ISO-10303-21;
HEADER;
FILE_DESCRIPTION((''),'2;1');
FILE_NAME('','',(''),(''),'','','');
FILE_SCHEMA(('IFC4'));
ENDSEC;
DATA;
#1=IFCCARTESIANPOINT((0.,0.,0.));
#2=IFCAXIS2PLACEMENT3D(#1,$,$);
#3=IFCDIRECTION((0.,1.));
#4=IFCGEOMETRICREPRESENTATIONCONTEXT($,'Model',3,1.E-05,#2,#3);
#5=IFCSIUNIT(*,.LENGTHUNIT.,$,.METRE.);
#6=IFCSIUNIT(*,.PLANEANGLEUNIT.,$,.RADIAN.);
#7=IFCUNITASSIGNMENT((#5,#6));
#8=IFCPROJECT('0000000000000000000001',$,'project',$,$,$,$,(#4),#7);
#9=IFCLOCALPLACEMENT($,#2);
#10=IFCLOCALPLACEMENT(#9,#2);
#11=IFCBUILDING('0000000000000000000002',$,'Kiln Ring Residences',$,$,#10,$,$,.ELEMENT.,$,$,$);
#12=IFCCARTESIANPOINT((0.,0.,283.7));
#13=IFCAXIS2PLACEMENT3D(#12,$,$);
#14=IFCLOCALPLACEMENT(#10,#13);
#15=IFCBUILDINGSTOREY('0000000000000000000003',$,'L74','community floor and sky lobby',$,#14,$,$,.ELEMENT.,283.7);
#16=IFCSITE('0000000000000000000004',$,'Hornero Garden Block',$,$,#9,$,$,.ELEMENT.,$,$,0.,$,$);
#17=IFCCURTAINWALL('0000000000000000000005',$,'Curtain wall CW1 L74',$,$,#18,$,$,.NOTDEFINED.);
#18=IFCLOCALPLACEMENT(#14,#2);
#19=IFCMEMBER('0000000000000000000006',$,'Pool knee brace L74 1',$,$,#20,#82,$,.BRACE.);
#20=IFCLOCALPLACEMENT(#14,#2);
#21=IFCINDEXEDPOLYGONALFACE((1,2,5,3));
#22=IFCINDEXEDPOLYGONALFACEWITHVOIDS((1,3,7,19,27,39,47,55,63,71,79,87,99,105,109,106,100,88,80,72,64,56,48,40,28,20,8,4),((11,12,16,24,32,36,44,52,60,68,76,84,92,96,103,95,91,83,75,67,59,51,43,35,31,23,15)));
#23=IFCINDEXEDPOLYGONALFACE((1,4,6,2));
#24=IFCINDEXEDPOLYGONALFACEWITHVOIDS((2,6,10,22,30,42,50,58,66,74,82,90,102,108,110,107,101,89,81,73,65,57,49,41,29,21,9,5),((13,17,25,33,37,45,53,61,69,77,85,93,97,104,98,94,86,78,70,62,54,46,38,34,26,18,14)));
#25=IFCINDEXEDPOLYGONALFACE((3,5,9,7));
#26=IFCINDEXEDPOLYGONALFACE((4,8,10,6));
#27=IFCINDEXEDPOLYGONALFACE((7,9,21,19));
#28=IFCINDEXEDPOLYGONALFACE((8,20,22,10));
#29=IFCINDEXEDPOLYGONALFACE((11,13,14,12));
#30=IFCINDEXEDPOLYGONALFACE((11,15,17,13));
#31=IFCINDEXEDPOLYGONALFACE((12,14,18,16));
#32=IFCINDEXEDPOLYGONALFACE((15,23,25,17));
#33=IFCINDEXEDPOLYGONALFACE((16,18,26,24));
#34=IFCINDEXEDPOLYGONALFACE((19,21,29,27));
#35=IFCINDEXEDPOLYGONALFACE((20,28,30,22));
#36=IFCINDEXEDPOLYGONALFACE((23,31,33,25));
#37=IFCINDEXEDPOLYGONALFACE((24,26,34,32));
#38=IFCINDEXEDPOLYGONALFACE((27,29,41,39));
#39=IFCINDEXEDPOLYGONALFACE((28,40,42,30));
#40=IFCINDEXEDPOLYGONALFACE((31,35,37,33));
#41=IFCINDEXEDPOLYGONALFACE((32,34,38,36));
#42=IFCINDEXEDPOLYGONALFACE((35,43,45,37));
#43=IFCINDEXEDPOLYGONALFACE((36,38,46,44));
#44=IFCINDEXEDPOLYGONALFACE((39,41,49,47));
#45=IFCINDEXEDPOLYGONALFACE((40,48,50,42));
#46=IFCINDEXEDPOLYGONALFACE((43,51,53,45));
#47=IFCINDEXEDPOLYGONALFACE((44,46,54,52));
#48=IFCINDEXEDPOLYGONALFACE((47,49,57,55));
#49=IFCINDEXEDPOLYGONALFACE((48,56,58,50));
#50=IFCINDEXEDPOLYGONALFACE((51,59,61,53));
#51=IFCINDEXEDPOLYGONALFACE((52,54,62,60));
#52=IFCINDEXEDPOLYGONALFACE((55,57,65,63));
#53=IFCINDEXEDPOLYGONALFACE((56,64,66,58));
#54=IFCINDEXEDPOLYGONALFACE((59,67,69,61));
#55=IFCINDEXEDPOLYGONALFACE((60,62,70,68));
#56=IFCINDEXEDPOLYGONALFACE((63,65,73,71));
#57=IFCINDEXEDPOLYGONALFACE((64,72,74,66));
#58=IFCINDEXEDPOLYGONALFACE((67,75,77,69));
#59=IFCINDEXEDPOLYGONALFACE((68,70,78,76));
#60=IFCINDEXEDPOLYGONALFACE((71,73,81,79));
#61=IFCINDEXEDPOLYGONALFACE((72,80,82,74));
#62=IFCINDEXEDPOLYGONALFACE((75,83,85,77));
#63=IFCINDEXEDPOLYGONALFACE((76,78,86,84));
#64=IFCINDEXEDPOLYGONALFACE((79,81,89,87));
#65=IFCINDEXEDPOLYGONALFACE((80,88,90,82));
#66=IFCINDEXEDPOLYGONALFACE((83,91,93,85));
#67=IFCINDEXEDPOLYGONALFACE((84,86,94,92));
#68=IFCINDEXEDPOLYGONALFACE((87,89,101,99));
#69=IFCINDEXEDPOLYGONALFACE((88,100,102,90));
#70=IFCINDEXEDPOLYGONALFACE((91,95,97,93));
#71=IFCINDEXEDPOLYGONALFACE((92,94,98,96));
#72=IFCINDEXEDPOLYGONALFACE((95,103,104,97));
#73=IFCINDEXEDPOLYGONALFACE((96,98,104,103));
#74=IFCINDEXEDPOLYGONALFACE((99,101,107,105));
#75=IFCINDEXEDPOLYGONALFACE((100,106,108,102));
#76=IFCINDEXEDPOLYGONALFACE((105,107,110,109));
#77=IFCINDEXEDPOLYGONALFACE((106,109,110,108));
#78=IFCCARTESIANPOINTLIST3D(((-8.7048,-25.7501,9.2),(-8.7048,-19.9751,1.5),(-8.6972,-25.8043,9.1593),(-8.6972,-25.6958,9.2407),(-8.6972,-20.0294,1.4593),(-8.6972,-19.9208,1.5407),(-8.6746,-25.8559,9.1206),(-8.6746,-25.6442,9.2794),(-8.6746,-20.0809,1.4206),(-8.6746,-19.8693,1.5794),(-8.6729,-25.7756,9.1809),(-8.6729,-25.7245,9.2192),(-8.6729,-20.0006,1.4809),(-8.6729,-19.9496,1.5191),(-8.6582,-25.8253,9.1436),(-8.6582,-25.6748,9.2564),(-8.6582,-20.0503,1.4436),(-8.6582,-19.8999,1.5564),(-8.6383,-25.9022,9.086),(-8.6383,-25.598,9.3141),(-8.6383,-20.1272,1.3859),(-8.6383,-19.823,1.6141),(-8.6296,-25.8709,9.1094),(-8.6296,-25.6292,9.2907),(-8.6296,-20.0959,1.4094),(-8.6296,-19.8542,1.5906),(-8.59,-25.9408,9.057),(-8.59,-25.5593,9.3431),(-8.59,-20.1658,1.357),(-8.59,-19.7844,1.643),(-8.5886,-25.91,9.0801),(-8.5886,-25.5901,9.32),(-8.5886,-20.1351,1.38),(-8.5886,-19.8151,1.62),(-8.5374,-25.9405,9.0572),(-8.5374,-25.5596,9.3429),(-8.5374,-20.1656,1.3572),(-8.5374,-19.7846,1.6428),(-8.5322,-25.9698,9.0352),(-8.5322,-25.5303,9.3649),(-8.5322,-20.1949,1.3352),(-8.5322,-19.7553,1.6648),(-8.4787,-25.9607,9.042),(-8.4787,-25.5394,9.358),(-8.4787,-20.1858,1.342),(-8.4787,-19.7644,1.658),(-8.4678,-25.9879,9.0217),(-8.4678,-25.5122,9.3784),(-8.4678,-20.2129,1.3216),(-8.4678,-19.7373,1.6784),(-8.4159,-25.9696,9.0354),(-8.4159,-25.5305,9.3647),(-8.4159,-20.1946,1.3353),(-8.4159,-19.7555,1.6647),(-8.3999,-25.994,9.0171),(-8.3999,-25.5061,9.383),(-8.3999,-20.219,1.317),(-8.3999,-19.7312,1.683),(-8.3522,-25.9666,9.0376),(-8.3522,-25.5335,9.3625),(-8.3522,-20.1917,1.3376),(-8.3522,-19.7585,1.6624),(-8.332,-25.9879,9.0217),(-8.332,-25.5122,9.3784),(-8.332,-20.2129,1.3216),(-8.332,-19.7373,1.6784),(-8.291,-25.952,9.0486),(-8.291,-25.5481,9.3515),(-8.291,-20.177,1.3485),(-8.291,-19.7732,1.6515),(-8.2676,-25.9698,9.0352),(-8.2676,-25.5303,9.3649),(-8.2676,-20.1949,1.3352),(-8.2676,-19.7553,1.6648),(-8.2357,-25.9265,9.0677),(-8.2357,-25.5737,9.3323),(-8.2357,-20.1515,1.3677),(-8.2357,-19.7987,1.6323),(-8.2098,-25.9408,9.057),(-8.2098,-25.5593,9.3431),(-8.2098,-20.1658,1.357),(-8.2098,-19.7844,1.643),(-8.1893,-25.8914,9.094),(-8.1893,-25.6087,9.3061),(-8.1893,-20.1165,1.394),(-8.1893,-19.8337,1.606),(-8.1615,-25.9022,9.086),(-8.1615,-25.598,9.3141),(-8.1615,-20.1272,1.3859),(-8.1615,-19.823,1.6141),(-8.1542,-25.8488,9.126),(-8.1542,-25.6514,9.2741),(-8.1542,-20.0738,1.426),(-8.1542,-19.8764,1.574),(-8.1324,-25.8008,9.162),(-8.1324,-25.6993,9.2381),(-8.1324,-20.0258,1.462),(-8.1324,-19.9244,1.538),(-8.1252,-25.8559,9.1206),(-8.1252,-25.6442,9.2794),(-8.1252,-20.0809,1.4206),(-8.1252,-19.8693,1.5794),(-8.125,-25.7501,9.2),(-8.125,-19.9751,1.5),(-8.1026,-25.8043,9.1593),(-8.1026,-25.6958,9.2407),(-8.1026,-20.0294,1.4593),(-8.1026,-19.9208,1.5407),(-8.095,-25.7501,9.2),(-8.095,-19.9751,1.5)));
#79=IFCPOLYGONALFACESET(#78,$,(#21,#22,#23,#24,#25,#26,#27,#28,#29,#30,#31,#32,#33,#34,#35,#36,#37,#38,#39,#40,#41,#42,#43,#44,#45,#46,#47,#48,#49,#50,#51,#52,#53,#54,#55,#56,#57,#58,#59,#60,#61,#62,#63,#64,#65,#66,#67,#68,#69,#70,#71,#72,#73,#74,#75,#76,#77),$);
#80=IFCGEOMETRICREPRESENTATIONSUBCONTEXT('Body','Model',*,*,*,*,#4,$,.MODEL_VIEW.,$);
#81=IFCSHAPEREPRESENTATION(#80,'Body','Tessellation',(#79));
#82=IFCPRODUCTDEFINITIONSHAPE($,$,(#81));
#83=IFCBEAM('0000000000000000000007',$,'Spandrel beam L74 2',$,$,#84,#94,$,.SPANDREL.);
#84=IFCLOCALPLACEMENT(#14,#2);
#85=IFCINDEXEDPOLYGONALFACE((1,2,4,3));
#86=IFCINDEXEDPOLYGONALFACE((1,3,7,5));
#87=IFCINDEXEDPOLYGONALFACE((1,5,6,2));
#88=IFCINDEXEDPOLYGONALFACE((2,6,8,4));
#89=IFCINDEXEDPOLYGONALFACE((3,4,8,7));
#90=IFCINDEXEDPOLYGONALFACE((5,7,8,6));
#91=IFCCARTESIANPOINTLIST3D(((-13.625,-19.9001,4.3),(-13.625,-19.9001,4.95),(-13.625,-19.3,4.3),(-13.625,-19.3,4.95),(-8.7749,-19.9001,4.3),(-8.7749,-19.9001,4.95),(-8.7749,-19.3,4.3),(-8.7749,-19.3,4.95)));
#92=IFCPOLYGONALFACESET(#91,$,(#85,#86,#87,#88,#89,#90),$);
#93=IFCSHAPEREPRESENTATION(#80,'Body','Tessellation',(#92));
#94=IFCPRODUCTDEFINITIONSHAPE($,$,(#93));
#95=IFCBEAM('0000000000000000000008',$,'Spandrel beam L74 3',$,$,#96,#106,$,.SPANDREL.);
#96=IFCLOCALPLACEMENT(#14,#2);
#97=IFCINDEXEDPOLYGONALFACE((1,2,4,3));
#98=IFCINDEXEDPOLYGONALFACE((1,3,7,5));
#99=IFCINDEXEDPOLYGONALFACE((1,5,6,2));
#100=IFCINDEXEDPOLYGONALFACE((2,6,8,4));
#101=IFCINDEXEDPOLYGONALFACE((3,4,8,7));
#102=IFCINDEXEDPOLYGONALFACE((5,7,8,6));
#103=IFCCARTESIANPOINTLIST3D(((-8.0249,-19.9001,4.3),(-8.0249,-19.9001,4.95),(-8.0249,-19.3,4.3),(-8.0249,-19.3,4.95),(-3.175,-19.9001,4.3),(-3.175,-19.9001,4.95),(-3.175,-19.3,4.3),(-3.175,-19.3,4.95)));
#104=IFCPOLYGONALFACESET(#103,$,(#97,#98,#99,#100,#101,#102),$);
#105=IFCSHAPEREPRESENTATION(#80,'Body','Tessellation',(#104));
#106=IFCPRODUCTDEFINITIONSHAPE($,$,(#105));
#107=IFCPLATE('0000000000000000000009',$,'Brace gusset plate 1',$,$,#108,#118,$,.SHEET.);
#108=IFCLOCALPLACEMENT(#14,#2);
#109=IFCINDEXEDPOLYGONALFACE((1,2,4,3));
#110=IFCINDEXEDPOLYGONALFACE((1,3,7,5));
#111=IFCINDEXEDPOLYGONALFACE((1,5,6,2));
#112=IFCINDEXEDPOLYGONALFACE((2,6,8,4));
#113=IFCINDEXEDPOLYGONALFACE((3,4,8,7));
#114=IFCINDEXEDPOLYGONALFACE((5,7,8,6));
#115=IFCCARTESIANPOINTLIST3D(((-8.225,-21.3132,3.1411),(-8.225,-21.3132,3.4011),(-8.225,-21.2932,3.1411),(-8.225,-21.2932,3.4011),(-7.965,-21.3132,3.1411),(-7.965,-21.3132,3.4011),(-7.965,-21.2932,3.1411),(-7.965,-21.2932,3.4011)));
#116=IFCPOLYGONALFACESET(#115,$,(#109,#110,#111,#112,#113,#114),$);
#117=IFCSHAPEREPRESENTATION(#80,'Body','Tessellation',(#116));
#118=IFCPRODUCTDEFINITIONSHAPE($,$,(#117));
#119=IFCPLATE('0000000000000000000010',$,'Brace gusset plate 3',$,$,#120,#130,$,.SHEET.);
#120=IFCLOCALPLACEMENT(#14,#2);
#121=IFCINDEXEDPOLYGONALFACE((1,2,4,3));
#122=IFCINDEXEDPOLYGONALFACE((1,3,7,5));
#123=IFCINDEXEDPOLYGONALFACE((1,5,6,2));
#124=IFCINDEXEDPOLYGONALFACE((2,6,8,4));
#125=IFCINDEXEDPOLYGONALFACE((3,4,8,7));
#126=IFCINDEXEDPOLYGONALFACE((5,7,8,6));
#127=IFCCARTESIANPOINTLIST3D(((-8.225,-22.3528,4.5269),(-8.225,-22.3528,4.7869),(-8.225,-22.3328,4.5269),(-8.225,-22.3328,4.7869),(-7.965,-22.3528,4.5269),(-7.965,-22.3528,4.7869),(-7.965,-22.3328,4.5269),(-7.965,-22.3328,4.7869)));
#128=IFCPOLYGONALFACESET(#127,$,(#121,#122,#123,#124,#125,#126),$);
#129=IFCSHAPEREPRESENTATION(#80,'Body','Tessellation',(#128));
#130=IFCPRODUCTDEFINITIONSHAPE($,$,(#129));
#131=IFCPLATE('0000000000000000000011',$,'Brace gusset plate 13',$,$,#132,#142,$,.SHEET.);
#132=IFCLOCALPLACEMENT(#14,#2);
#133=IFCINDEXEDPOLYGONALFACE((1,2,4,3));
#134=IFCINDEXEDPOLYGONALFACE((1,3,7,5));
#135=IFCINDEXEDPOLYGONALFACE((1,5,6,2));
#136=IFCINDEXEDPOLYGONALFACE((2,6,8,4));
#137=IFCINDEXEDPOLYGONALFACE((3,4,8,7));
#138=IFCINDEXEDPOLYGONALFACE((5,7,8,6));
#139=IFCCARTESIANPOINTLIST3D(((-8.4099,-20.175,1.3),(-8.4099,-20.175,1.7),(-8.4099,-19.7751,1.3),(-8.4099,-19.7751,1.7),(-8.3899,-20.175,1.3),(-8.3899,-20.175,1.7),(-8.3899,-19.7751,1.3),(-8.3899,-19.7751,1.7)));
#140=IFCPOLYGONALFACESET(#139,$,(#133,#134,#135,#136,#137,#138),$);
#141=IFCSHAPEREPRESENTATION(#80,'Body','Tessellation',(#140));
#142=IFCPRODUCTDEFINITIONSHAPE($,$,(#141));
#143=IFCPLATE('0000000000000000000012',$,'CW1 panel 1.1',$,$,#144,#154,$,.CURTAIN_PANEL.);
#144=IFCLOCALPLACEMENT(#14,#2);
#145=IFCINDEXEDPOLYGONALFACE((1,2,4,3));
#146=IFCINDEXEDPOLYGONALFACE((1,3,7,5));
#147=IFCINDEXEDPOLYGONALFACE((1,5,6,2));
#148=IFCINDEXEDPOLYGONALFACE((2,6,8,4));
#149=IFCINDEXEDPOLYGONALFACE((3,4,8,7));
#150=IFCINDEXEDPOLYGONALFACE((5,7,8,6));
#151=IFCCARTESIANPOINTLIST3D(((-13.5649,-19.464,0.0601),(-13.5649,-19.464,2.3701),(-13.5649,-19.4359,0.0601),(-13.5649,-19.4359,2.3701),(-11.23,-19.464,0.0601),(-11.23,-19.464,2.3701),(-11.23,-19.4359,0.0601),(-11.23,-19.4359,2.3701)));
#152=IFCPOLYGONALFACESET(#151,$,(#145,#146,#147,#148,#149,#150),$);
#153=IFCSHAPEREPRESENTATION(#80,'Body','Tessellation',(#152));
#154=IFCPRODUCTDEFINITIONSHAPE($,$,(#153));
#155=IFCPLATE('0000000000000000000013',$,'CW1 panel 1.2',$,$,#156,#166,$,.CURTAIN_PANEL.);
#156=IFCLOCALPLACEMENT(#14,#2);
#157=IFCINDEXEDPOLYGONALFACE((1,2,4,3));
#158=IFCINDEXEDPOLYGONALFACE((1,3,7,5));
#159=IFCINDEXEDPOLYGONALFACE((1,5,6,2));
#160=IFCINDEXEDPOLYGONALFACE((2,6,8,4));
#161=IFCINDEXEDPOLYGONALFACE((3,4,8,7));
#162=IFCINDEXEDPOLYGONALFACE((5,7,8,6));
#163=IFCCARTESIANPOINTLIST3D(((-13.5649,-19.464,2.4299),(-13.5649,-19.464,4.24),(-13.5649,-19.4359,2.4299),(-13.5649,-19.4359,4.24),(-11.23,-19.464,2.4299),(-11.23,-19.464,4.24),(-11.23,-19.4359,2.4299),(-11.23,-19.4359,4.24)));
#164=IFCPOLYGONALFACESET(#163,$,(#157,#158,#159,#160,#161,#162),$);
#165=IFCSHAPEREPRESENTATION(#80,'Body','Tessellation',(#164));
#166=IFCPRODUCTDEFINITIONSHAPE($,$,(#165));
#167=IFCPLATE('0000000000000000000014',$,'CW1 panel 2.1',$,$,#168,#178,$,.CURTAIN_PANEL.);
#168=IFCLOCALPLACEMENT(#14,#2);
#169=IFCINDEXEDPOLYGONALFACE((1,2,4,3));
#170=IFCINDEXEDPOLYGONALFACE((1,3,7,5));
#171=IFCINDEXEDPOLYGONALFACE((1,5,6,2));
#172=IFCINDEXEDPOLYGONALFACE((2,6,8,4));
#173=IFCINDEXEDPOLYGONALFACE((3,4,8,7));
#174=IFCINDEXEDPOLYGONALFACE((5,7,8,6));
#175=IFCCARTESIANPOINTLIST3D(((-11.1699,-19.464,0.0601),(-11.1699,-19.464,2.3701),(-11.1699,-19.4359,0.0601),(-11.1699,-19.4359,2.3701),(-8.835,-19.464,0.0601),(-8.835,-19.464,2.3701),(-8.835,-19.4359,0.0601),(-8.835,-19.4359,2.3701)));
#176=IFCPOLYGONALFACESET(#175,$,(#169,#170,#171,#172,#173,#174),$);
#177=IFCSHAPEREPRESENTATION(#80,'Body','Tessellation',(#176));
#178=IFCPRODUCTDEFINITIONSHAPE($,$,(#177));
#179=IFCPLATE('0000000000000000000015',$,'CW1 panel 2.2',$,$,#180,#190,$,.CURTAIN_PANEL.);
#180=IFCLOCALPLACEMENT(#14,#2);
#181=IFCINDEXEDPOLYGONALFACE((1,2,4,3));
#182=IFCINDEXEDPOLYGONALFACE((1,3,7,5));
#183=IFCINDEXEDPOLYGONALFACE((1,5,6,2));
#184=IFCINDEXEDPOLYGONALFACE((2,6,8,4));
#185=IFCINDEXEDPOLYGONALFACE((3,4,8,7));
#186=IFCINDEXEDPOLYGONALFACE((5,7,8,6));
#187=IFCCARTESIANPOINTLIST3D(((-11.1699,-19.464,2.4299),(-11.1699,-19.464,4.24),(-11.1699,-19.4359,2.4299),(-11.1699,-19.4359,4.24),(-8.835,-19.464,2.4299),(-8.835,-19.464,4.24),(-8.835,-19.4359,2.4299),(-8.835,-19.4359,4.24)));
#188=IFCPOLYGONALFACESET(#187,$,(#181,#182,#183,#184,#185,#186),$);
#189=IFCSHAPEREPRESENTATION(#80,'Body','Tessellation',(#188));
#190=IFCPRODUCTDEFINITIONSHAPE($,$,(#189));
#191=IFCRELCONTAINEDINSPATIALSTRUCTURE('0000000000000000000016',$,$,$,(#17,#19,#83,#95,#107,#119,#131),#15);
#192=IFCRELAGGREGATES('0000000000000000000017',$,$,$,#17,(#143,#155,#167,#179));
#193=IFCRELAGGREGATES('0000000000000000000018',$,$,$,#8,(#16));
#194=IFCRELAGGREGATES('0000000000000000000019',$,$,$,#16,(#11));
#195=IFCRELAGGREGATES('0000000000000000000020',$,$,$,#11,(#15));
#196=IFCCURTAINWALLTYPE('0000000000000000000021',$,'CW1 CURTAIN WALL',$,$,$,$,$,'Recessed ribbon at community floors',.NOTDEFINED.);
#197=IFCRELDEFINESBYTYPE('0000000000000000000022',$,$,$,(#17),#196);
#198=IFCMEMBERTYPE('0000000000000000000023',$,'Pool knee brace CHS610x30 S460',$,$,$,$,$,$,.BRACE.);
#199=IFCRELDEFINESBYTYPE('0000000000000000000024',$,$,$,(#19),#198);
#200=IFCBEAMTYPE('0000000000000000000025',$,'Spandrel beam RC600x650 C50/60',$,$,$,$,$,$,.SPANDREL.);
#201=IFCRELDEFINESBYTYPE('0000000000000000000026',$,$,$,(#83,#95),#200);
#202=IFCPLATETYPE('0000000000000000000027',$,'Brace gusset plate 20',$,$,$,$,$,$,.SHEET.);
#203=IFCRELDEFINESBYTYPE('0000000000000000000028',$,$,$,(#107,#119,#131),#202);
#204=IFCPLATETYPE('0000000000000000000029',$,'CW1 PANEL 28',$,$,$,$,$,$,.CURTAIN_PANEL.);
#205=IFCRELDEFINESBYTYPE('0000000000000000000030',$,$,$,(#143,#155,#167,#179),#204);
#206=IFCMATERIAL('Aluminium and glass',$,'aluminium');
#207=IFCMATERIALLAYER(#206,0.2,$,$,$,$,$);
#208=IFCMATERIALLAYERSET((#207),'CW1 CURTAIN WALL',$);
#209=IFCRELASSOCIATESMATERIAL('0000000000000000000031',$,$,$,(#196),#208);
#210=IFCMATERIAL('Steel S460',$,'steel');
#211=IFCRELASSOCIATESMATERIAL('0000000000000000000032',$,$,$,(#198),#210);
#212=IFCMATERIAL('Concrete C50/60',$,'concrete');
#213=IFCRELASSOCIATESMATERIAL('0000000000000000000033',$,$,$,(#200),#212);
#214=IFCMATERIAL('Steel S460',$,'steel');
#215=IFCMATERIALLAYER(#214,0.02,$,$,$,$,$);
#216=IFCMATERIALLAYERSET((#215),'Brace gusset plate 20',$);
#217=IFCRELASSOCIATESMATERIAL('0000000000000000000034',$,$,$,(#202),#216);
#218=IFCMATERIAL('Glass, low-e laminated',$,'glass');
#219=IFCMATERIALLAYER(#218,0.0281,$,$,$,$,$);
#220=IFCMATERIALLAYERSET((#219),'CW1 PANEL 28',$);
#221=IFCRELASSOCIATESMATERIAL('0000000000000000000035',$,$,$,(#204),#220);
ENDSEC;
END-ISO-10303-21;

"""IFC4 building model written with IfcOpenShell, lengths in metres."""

from ifc_helpers import new_model, si_unit, direction, frame, origin, origin_2d, place, context, subcontext, project, spatial, rectangle, hollow_circle, extrude, material, layer, layer_set, material_profile, profile_set, type_object, element, aggregate, save


model = new_model("IFC4")

# Units and contexts
model_context = context("Model", 3, precision=1e-05, world=origin(), true_north=direction((0.0, 1.0)))
body_context = subcontext(model_context, "Body", "Model", "MODEL_VIEW")
ifc_project = project(units=[si_unit("LENGTHUNIT", "METRE"), si_unit("PLANEANGLEUNIT", "RADIAN")], contexts=[model_context])

# Site, building, storey
site_placement = place(None, origin())
site = spatial("IfcSite", under=ifc_project, at=site_placement, Name="Hornero Garden Block", CompositionType="ELEMENT", RefElevation=0.0)
building_placement = place(site_placement, origin())
building = spatial("IfcBuilding", under=site, at=building_placement, Name="Kiln Ring Residences", CompositionType="ELEMENT")
storey_placement = place(building_placement, frame((0.0, 0.0, 283.7)))
storey = spatial("IfcBuildingStorey", under=building, at=storey_placement, Name="L74", Description="community floor and sky lobby", CompositionType="ELEMENT", Elevation=283.7)

# Shared definitions
ifc_material_1 = material(Name="Aluminium and glass", Category="aluminium")
ifc_layer_1 = layer(ifc_material_1, 0.2)
ifc_layer_set_1 = layer_set([ifc_layer_1], Name="CW1 CURTAIN WALL")
curtain_wall_type = type_object("IfcCurtainWallType", Name="CW1 CURTAIN WALL", ElementType="Recessed ribbon at community floors", PredefinedType="NOTDEFINED", material=ifc_layer_set_1)
placement = place(storey_placement, origin())

# Curtain wall
curtain_wall_1 = element("IfcCurtainWall", 1, at=placement, inside=storey, type_object=curtain_wall_type, Name="Curtain wall CW1 L74", PredefinedType="NOTDEFINED")

# Member
ifc_material_2 = material(Name="Steel S460", Category="steel")
ifc_material_profile_1 = material_profile(ifc_material_2, hollow_circle(Radius=0.3049, WallThickness=0.03, at=origin_2d()), Name="CHS610x30")
ifc_profile_set_1 = profile_set([ifc_material_profile_1], Name="Steel S460")
member_type_1 = type_object("IfcMemberType", Name="Pool knee brace CHS610x30 S460", PredefinedType="BRACE", material=ifc_profile_set_1)
member_1_placement = place(storey_placement, frame((-8.3999, -19.9751, 1.5), z_axis=(0.0, -0.599996, 0.800003), x_axis=(1.0, 0.0, 0.0)))
element("IfcMember", 2, at=member_1_placement, inside=storey, type_object=member_type_1, Name="Pool knee brace L74 1", PredefinedType="BRACE", context=body_context, shape_type="SweptSolid", body=[
    extrude(hollow_circle(Radius=0.3049, WallThickness=0.03, at=origin_2d()), origin(), (0.0, 0.0, 1.0), 9.625),
])

# Beams
ifc_material_3 = material(Name="Concrete C50/60", Category="concrete")
ifc_material_profile_2 = material_profile(ifc_material_3, rectangle(XDim=0.6001, YDim=0.6499, at=origin_2d()), Name="RC600x650")
ifc_profile_set_2 = profile_set([ifc_material_profile_2], Name="Concrete C50/60")
beam_type = type_object("IfcBeamType", Name="Spandrel beam RC600x650 C50/60", PredefinedType="SPANDREL", material=ifc_profile_set_2)
beam_1_placement = place(storey_placement, frame((-13.625, -19.6001, 4.625), z_axis=(1.0, 0.0, 0.0), x_axis=(0.0, 1.0, 0.0)))
element("IfcBeam", 3, at=beam_1_placement, inside=storey, type_object=beam_type, Name="Spandrel beam L74 2", PredefinedType="SPANDREL", context=body_context, shape_type="SweptSolid", body=[
    extrude(rectangle(XDim=0.6001, YDim=0.6499, at=origin_2d()), origin(), (0.0, 0.0, 1.0), 4.8501),
])
beam_2_placement = place(storey_placement, frame((-8.0249, -19.6001, 4.625), z_axis=(1.0, 0.0, 0.0), x_axis=(0.0, 1.0, 0.0)))
element("IfcBeam", 4, at=beam_2_placement, inside=storey, type_object=beam_type, Name="Spandrel beam L74 3", PredefinedType="SPANDREL", context=body_context, shape_type="SweptSolid", body=[
    extrude(rectangle(XDim=0.6001, YDim=0.6499, at=origin_2d()), origin(), (0.0, 0.0, 1.0), 4.8499),
])

# Plates
ifc_material_4 = material(Name="Steel S460", Category="steel")
ifc_layer_2 = layer(ifc_material_4, 0.02)
ifc_layer_set_2 = layer_set([ifc_layer_2], Name="Brace gusset plate 20")
plate_type_1 = type_object("IfcPlateType", Name="Brace gusset plate 20", PredefinedType="SHEET", material=ifc_layer_set_2)
for number, where, z_axis, x_axis, name in (
    (5, (-8.095, -21.3032, 3.1411), (0.0, 0.0, 1.0), (1.0, 0.0, 0.0), "Brace gusset plate 1"),
    (6, (-8.095, -22.3428, 4.5269), (0.0, 0.0, 1.0), (1.0, 0.0, 0.0), "Brace gusset plate 3"),
):
    element("IfcPlate", number, at=place(storey_placement, frame(where, z_axis=z_axis, x_axis=x_axis)), inside=storey, type_object=plate_type_1, Name=name, PredefinedType="SHEET", context=body_context, shape_type="SweptSolid", body=[
        extrude(rectangle(XDim=0.26, YDim=0.02, at=origin_2d()), origin(), (0.0, 0.0, 1.0), 0.26),
    ])
plate_1_placement = place(storey_placement, frame((-8.3999, -19.9751, 1.3), z_axis=(0.0, 0.0, 1.0), x_axis=(1.0, 0.0, 0.0)))
element("IfcPlate", 7, at=plate_1_placement, inside=storey, type_object=plate_type_1, Name="Brace gusset plate 13", PredefinedType="SHEET", context=body_context, shape_type="SweptSolid", body=[
    extrude(rectangle(XDim=0.02, YDim=0.3999, at=origin_2d()), origin(), (0.0, 0.0, 1.0), 0.3999),
])

# Plates
ifc_material_5 = material(Name="Glass, low-e laminated", Category="glass")
ifc_layer_3 = layer(ifc_material_5, 0.0281)
ifc_layer_set_3 = layer_set([ifc_layer_3], Name="CW1 PANEL 28")
plate_type_2 = type_object("IfcPlateType", Name="CW1 PANEL 28", PredefinedType="CURTAIN_PANEL", material=ifc_layer_set_3)
plate_2_placement = place(storey_placement, frame((-12.3975, -19.45, 0.0601), z_axis=(0.0, 0.0, 1.0), x_axis=(1.0, 0.0, 0.0)))
plate_2 = element("IfcPlate", 8, at=plate_2_placement, type_object=plate_type_2, Name="CW1 panel 1.1", PredefinedType="CURTAIN_PANEL", context=body_context, shape_type="SweptSolid", body=[
    extrude(rectangle(XDim=2.335, YDim=0.0281, at=origin_2d()), origin(), (0.0, 0.0, 1.0), 2.3101),
])
plate_3_placement = place(storey_placement, frame((-12.3975, -19.45, 2.4299), z_axis=(0.0, 0.0, 1.0), x_axis=(1.0, 0.0, 0.0)))
plate_3 = element("IfcPlate", 9, at=plate_3_placement, type_object=plate_type_2, Name="CW1 panel 1.2", PredefinedType="CURTAIN_PANEL", context=body_context, shape_type="SweptSolid", body=[
    extrude(rectangle(XDim=2.335, YDim=0.0281, at=origin_2d()), origin(), (0.0, 0.0, 1.0), 1.8101),
])
plate_4_placement = place(storey_placement, frame((-10.0024, -19.45, 0.0601), z_axis=(0.0, 0.0, 1.0), x_axis=(1.0, 0.0, 0.0)))
plate_4 = element("IfcPlate", 10, at=plate_4_placement, type_object=plate_type_2, Name="CW1 panel 2.1", PredefinedType="CURTAIN_PANEL", context=body_context, shape_type="SweptSolid", body=[
    extrude(rectangle(XDim=2.335, YDim=0.0281, at=origin_2d()), origin(), (0.0, 0.0, 1.0), 2.3101),
])
plate_5_placement = place(storey_placement, frame((-10.0024, -19.45, 2.4299), z_axis=(0.0, 0.0, 1.0), x_axis=(1.0, 0.0, 0.0)))
plate_5 = element("IfcPlate", 11, at=plate_5_placement, type_object=plate_type_2, Name="CW1 panel 2.2", PredefinedType="CURTAIN_PANEL", context=body_context, shape_type="SweptSolid", body=[
    extrude(rectangle(XDim=2.335, YDim=0.0281, at=origin_2d()), origin(), (0.0, 0.0, 1.0), 1.8101),
])
aggregate(curtain_wall_1, [plate_2, plate_3, plate_4, plate_5])

save(model, "model.ifc")
